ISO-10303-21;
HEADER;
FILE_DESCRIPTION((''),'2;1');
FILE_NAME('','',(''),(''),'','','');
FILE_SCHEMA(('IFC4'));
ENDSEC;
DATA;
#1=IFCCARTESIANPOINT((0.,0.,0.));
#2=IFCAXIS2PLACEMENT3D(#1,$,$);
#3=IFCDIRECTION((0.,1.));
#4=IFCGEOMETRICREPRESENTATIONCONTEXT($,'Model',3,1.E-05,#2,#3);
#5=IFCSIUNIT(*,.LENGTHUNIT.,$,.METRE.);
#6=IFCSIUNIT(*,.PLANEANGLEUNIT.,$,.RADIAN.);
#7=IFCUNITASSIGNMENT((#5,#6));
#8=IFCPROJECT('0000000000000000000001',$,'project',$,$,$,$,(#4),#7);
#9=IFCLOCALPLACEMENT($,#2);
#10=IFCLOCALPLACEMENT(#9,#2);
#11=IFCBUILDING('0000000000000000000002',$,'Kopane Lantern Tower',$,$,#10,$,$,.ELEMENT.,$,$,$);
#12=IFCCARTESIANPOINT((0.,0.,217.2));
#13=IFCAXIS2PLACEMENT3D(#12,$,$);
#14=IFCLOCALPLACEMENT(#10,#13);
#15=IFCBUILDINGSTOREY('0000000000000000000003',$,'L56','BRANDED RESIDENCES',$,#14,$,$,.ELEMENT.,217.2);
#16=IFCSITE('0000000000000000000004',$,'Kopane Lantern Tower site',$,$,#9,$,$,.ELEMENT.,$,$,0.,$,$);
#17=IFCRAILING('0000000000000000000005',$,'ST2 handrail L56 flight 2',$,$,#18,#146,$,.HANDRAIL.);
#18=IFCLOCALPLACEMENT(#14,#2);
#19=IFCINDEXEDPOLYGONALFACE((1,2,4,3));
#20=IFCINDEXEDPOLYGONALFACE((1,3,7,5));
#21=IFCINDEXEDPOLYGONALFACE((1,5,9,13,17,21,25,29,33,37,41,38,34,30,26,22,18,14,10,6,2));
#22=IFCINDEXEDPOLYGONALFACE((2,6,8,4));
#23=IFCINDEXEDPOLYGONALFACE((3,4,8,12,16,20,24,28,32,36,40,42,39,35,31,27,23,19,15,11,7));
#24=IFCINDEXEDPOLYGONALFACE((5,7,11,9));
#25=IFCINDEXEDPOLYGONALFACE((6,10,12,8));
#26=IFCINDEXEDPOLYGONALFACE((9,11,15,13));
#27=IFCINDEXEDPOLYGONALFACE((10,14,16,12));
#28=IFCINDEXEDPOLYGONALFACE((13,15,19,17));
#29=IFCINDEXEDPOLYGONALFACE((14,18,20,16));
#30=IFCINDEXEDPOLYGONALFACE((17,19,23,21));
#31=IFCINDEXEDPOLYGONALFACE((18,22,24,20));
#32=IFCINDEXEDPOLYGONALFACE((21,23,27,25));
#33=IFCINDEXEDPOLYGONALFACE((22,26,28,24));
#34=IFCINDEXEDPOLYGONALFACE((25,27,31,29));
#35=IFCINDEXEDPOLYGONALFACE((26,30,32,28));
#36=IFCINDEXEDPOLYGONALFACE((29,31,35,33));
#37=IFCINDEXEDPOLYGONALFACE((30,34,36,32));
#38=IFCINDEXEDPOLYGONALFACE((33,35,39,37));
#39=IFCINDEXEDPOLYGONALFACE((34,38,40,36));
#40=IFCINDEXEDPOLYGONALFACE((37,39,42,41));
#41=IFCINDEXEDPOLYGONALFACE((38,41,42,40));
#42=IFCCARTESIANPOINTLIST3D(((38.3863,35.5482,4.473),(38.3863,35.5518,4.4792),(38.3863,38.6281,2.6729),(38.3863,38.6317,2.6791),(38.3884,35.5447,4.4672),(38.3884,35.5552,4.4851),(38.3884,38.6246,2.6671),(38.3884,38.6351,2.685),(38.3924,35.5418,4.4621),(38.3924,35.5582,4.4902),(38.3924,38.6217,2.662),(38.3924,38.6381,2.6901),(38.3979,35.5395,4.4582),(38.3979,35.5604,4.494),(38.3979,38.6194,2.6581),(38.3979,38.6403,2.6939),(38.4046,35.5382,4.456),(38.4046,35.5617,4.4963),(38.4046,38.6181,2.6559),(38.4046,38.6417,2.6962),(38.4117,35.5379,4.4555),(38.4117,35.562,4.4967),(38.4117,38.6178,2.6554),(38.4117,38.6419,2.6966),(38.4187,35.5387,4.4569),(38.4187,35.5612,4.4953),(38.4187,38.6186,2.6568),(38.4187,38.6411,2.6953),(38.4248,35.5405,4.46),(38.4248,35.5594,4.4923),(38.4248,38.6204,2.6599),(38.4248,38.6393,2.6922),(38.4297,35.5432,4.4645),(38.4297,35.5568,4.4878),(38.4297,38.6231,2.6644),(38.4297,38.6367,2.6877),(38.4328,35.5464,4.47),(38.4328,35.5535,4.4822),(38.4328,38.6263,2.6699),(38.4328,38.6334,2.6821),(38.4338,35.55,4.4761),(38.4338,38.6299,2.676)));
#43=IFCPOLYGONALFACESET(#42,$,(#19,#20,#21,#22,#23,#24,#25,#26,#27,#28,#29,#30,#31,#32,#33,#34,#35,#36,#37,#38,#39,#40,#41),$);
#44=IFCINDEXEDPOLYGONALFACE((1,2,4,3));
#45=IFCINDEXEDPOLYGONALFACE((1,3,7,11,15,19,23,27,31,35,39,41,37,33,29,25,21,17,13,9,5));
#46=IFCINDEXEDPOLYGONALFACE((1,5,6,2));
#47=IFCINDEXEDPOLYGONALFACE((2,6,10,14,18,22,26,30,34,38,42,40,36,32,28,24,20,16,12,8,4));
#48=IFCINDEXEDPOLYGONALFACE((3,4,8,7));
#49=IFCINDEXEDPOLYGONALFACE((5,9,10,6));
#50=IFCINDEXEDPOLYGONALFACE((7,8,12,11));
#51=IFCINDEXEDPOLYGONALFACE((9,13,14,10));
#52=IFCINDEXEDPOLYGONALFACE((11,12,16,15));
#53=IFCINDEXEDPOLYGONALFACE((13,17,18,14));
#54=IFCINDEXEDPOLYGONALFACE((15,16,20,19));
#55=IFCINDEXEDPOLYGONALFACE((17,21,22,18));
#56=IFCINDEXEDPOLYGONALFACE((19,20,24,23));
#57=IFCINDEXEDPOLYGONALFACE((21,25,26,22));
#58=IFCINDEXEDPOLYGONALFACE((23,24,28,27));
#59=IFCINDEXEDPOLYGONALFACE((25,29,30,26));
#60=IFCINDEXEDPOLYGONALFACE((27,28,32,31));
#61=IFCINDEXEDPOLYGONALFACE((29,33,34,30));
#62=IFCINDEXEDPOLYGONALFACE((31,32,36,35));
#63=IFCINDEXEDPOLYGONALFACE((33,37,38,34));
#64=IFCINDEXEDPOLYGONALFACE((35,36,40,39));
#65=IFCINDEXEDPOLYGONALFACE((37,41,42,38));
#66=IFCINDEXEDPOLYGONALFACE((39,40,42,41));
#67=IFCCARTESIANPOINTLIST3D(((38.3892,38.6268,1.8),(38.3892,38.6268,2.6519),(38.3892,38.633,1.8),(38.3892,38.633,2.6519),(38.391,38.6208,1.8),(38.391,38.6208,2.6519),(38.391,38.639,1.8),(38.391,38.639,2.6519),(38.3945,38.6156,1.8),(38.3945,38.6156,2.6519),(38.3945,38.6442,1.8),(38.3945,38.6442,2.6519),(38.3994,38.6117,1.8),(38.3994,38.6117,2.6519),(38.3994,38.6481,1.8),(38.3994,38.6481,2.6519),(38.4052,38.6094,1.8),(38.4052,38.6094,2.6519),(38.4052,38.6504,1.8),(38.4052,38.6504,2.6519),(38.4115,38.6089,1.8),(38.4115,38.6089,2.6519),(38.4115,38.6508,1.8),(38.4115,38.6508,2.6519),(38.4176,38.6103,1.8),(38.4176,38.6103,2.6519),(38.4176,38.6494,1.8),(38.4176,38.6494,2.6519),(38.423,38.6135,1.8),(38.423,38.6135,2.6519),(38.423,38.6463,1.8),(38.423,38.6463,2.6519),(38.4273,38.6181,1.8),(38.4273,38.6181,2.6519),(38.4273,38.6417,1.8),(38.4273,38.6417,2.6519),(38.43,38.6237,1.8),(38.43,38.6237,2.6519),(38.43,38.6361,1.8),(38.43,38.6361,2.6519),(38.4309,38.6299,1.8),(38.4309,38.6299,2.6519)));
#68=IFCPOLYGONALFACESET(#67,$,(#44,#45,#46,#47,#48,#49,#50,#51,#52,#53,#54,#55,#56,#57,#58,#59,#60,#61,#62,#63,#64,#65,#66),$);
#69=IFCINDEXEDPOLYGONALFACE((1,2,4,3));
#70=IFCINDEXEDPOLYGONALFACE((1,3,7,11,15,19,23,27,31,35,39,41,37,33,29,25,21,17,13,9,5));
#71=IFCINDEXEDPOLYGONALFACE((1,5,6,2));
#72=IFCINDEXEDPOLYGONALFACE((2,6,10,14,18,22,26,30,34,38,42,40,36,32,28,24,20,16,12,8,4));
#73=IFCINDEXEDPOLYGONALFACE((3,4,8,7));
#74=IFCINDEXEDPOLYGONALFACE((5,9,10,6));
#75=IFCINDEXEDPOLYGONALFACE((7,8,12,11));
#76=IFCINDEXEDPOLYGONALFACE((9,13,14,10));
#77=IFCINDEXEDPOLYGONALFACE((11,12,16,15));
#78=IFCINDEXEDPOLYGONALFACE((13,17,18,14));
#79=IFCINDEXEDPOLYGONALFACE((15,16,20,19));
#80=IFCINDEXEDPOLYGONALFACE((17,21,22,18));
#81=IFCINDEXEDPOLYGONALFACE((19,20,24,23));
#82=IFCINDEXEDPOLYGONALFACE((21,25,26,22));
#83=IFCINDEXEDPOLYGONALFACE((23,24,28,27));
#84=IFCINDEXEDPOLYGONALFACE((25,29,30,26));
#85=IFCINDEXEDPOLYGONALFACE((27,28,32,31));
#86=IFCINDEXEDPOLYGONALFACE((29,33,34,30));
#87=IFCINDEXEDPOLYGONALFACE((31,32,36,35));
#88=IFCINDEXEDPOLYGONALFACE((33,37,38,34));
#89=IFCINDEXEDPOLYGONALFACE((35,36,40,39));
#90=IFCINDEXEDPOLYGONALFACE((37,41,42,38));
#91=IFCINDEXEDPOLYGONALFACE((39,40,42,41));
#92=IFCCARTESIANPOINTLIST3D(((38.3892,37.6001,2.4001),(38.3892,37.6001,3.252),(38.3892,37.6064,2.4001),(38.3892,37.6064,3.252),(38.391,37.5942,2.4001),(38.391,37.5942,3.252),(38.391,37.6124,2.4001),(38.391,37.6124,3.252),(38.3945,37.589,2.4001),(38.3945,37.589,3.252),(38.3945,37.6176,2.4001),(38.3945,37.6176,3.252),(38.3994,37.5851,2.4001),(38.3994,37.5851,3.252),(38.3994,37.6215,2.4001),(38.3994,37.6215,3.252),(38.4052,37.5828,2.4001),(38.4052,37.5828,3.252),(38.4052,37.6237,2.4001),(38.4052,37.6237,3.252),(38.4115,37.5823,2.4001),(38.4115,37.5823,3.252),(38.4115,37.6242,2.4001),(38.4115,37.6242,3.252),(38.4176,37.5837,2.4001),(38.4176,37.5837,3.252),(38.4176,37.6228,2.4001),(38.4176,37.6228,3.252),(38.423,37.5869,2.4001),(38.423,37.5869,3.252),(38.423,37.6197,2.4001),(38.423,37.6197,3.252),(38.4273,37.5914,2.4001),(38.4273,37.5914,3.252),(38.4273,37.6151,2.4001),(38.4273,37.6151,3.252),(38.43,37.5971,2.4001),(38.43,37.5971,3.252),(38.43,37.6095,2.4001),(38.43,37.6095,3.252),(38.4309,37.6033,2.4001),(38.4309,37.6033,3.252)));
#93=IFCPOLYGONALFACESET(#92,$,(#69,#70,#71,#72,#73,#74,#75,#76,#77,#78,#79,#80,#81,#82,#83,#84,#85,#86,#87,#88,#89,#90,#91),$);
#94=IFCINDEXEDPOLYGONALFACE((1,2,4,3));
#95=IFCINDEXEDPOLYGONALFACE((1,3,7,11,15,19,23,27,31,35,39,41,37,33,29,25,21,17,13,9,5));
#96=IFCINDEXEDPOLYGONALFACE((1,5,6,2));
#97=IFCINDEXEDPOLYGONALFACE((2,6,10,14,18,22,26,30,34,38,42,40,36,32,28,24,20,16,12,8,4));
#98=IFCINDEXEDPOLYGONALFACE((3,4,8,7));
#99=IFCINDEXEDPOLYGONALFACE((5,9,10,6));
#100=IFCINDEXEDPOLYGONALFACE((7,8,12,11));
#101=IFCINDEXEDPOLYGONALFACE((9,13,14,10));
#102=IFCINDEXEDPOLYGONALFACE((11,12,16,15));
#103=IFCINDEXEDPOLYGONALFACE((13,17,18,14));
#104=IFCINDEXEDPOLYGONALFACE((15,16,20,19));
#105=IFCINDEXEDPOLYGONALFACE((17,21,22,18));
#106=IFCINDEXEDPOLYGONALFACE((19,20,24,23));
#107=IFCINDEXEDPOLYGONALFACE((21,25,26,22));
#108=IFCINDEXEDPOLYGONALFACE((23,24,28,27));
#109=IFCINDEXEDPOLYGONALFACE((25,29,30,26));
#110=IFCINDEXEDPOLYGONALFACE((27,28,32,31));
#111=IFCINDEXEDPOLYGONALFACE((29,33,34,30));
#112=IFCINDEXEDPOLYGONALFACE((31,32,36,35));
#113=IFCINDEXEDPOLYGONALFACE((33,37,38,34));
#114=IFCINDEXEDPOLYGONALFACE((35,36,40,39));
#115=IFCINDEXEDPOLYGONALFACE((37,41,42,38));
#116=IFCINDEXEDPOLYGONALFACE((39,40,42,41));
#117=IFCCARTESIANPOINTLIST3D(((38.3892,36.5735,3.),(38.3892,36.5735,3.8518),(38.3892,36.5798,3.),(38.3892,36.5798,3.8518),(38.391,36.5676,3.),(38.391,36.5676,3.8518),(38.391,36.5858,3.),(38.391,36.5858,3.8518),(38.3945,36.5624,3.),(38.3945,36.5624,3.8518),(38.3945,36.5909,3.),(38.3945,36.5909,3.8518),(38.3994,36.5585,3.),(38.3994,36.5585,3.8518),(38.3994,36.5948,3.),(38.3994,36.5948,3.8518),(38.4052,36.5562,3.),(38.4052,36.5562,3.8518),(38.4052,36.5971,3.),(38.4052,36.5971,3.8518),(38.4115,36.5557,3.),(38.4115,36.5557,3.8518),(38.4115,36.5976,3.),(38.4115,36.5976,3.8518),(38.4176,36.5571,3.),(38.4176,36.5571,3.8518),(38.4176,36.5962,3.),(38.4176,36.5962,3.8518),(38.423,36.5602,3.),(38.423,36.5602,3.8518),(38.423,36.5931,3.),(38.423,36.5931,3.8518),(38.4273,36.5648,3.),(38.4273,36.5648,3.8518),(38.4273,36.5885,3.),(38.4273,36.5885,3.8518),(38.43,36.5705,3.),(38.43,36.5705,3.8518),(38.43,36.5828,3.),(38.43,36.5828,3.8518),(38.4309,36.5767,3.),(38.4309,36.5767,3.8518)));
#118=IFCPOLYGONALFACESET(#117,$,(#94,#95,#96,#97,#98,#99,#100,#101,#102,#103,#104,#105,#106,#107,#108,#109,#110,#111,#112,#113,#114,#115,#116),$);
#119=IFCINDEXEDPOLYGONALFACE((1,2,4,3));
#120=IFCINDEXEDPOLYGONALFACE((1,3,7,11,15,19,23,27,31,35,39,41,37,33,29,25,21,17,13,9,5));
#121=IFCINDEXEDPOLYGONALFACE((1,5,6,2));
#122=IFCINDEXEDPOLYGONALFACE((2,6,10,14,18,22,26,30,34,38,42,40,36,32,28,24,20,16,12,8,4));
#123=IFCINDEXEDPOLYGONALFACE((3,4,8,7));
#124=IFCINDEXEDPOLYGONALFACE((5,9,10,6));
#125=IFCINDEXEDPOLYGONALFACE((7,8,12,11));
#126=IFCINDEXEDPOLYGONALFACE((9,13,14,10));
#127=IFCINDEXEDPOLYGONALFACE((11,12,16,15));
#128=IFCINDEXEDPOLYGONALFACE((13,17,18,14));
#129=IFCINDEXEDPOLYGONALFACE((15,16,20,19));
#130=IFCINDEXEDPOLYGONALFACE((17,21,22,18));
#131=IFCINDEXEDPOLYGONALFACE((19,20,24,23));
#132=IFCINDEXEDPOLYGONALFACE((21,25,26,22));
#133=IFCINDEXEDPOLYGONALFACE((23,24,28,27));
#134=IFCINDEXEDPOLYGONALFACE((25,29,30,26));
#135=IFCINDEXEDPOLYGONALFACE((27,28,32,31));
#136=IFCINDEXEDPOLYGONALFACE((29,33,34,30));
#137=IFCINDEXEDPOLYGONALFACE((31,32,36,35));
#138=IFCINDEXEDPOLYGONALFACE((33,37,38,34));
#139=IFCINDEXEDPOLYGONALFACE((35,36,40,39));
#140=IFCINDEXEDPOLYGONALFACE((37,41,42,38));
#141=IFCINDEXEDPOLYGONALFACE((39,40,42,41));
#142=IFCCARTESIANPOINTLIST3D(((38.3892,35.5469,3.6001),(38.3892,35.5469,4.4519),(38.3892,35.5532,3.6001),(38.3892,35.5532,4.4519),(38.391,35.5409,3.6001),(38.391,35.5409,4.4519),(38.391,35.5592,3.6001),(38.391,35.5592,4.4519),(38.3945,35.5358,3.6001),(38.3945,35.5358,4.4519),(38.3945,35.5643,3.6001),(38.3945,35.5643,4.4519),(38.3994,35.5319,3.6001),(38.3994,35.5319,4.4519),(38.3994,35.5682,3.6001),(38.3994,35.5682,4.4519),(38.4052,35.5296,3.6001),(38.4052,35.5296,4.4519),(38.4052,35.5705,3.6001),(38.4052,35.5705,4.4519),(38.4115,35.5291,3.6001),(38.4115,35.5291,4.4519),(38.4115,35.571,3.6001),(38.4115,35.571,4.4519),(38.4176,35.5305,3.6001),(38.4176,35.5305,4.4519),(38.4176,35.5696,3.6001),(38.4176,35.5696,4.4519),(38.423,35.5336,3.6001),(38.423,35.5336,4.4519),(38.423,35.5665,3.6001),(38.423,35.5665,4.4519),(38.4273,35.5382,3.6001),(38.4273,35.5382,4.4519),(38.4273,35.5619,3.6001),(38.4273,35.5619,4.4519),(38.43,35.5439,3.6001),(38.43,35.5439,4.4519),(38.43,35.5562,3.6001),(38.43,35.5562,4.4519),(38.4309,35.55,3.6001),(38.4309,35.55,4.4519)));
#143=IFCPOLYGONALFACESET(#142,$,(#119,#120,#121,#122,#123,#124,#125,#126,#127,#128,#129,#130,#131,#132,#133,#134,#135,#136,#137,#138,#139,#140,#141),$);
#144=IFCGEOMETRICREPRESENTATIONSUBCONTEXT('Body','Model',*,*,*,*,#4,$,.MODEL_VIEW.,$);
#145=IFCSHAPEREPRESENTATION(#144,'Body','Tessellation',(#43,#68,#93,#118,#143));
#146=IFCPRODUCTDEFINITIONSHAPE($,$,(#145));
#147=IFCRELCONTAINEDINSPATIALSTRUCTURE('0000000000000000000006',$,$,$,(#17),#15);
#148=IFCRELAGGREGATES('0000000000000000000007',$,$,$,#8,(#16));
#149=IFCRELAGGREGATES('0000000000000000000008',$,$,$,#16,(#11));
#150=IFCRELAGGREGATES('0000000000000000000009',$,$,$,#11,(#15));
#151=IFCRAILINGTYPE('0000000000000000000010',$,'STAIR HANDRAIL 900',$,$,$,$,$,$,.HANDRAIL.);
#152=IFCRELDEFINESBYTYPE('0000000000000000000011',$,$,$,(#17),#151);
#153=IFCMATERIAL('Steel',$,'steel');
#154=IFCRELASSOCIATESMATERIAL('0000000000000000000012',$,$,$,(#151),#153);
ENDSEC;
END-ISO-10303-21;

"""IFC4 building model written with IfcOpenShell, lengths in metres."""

from ifc_helpers import new_model, si_unit, direction, frame, origin, origin_2d, place, context, subcontext, project, spatial, circle, extrude, material, type_object, element, save


model = new_model("IFC4")

# Units and contexts
model_context = context("Model", 3, precision=1e-05, world=origin(), true_north=direction((0.0, 1.0)))
body_context = subcontext(model_context, "Body", "Model", "MODEL_VIEW")
ifc_project = project(units=[si_unit("LENGTHUNIT", "METRE"), si_unit("PLANEANGLEUNIT", "RADIAN")], contexts=[model_context])

# Site, building, storey
site_placement = place(None, origin())
site = spatial("IfcSite", under=ifc_project, at=site_placement, Name="Kopane Lantern Tower site", CompositionType="ELEMENT", RefElevation=0.0)
building_placement = place(site_placement, origin())
building = spatial("IfcBuilding", under=site, at=building_placement, Name="Kopane Lantern Tower", CompositionType="ELEMENT")
storey_placement = place(building_placement, frame((0.0, 0.0, 217.2)))
storey = spatial("IfcBuildingStorey", under=building, at=storey_placement, Name="L56", Description="BRANDED RESIDENCES", CompositionType="ELEMENT", Elevation=217.2)

# Railing
ifc_material_1 = material(Name="Steel", Category="steel")
railing_type_1 = type_object("IfcRailingType", Name="STAIR HANDRAIL 900", PredefinedType="HANDRAIL", material=ifc_material_1)
for number, where, name in (
    (1, (38.4099, 38.6299, 1.8), "ST2 handrail L56 flight 2"),
):
    element("IfcRailing", number, at=place(storey_placement, frame(where)), inside=storey, type_object=railing_type_1, Name=name, PredefinedType="HANDRAIL", context=body_context, shape_type="SweptSolid", body=[
        extrude(circle(Radius=0.0239, at=origin_2d()), frame((0.0, 0.0, 0.876), z_axis=(0.0, -0.863354, 0.504598), x_axis=(1.0, 0.0, 0.0)), (0.0, 0.0, 1.0), 3.5674),
        extrude(circle(Radius=0.021, at=origin_2d()), origin(), (0.0, 0.0, 1.0), 0.8518),
        extrude(circle(Radius=0.021, at=origin_2d()), frame((0.0, -1.0266, 0.6001)), (0.0, 0.0, 1.0), 0.8518),
        extrude(circle(Radius=0.021, at=origin_2d()), frame((0.0, -2.0532, 1.2)), (0.0, 0.0, 1.0), 0.8518),
        extrude(circle(Radius=0.021, at=origin_2d()), frame((0.0, -3.0798, 1.8)), (0.0, 0.0, 1.0), 0.8518),
    ])

save(model, "model.ifc")
